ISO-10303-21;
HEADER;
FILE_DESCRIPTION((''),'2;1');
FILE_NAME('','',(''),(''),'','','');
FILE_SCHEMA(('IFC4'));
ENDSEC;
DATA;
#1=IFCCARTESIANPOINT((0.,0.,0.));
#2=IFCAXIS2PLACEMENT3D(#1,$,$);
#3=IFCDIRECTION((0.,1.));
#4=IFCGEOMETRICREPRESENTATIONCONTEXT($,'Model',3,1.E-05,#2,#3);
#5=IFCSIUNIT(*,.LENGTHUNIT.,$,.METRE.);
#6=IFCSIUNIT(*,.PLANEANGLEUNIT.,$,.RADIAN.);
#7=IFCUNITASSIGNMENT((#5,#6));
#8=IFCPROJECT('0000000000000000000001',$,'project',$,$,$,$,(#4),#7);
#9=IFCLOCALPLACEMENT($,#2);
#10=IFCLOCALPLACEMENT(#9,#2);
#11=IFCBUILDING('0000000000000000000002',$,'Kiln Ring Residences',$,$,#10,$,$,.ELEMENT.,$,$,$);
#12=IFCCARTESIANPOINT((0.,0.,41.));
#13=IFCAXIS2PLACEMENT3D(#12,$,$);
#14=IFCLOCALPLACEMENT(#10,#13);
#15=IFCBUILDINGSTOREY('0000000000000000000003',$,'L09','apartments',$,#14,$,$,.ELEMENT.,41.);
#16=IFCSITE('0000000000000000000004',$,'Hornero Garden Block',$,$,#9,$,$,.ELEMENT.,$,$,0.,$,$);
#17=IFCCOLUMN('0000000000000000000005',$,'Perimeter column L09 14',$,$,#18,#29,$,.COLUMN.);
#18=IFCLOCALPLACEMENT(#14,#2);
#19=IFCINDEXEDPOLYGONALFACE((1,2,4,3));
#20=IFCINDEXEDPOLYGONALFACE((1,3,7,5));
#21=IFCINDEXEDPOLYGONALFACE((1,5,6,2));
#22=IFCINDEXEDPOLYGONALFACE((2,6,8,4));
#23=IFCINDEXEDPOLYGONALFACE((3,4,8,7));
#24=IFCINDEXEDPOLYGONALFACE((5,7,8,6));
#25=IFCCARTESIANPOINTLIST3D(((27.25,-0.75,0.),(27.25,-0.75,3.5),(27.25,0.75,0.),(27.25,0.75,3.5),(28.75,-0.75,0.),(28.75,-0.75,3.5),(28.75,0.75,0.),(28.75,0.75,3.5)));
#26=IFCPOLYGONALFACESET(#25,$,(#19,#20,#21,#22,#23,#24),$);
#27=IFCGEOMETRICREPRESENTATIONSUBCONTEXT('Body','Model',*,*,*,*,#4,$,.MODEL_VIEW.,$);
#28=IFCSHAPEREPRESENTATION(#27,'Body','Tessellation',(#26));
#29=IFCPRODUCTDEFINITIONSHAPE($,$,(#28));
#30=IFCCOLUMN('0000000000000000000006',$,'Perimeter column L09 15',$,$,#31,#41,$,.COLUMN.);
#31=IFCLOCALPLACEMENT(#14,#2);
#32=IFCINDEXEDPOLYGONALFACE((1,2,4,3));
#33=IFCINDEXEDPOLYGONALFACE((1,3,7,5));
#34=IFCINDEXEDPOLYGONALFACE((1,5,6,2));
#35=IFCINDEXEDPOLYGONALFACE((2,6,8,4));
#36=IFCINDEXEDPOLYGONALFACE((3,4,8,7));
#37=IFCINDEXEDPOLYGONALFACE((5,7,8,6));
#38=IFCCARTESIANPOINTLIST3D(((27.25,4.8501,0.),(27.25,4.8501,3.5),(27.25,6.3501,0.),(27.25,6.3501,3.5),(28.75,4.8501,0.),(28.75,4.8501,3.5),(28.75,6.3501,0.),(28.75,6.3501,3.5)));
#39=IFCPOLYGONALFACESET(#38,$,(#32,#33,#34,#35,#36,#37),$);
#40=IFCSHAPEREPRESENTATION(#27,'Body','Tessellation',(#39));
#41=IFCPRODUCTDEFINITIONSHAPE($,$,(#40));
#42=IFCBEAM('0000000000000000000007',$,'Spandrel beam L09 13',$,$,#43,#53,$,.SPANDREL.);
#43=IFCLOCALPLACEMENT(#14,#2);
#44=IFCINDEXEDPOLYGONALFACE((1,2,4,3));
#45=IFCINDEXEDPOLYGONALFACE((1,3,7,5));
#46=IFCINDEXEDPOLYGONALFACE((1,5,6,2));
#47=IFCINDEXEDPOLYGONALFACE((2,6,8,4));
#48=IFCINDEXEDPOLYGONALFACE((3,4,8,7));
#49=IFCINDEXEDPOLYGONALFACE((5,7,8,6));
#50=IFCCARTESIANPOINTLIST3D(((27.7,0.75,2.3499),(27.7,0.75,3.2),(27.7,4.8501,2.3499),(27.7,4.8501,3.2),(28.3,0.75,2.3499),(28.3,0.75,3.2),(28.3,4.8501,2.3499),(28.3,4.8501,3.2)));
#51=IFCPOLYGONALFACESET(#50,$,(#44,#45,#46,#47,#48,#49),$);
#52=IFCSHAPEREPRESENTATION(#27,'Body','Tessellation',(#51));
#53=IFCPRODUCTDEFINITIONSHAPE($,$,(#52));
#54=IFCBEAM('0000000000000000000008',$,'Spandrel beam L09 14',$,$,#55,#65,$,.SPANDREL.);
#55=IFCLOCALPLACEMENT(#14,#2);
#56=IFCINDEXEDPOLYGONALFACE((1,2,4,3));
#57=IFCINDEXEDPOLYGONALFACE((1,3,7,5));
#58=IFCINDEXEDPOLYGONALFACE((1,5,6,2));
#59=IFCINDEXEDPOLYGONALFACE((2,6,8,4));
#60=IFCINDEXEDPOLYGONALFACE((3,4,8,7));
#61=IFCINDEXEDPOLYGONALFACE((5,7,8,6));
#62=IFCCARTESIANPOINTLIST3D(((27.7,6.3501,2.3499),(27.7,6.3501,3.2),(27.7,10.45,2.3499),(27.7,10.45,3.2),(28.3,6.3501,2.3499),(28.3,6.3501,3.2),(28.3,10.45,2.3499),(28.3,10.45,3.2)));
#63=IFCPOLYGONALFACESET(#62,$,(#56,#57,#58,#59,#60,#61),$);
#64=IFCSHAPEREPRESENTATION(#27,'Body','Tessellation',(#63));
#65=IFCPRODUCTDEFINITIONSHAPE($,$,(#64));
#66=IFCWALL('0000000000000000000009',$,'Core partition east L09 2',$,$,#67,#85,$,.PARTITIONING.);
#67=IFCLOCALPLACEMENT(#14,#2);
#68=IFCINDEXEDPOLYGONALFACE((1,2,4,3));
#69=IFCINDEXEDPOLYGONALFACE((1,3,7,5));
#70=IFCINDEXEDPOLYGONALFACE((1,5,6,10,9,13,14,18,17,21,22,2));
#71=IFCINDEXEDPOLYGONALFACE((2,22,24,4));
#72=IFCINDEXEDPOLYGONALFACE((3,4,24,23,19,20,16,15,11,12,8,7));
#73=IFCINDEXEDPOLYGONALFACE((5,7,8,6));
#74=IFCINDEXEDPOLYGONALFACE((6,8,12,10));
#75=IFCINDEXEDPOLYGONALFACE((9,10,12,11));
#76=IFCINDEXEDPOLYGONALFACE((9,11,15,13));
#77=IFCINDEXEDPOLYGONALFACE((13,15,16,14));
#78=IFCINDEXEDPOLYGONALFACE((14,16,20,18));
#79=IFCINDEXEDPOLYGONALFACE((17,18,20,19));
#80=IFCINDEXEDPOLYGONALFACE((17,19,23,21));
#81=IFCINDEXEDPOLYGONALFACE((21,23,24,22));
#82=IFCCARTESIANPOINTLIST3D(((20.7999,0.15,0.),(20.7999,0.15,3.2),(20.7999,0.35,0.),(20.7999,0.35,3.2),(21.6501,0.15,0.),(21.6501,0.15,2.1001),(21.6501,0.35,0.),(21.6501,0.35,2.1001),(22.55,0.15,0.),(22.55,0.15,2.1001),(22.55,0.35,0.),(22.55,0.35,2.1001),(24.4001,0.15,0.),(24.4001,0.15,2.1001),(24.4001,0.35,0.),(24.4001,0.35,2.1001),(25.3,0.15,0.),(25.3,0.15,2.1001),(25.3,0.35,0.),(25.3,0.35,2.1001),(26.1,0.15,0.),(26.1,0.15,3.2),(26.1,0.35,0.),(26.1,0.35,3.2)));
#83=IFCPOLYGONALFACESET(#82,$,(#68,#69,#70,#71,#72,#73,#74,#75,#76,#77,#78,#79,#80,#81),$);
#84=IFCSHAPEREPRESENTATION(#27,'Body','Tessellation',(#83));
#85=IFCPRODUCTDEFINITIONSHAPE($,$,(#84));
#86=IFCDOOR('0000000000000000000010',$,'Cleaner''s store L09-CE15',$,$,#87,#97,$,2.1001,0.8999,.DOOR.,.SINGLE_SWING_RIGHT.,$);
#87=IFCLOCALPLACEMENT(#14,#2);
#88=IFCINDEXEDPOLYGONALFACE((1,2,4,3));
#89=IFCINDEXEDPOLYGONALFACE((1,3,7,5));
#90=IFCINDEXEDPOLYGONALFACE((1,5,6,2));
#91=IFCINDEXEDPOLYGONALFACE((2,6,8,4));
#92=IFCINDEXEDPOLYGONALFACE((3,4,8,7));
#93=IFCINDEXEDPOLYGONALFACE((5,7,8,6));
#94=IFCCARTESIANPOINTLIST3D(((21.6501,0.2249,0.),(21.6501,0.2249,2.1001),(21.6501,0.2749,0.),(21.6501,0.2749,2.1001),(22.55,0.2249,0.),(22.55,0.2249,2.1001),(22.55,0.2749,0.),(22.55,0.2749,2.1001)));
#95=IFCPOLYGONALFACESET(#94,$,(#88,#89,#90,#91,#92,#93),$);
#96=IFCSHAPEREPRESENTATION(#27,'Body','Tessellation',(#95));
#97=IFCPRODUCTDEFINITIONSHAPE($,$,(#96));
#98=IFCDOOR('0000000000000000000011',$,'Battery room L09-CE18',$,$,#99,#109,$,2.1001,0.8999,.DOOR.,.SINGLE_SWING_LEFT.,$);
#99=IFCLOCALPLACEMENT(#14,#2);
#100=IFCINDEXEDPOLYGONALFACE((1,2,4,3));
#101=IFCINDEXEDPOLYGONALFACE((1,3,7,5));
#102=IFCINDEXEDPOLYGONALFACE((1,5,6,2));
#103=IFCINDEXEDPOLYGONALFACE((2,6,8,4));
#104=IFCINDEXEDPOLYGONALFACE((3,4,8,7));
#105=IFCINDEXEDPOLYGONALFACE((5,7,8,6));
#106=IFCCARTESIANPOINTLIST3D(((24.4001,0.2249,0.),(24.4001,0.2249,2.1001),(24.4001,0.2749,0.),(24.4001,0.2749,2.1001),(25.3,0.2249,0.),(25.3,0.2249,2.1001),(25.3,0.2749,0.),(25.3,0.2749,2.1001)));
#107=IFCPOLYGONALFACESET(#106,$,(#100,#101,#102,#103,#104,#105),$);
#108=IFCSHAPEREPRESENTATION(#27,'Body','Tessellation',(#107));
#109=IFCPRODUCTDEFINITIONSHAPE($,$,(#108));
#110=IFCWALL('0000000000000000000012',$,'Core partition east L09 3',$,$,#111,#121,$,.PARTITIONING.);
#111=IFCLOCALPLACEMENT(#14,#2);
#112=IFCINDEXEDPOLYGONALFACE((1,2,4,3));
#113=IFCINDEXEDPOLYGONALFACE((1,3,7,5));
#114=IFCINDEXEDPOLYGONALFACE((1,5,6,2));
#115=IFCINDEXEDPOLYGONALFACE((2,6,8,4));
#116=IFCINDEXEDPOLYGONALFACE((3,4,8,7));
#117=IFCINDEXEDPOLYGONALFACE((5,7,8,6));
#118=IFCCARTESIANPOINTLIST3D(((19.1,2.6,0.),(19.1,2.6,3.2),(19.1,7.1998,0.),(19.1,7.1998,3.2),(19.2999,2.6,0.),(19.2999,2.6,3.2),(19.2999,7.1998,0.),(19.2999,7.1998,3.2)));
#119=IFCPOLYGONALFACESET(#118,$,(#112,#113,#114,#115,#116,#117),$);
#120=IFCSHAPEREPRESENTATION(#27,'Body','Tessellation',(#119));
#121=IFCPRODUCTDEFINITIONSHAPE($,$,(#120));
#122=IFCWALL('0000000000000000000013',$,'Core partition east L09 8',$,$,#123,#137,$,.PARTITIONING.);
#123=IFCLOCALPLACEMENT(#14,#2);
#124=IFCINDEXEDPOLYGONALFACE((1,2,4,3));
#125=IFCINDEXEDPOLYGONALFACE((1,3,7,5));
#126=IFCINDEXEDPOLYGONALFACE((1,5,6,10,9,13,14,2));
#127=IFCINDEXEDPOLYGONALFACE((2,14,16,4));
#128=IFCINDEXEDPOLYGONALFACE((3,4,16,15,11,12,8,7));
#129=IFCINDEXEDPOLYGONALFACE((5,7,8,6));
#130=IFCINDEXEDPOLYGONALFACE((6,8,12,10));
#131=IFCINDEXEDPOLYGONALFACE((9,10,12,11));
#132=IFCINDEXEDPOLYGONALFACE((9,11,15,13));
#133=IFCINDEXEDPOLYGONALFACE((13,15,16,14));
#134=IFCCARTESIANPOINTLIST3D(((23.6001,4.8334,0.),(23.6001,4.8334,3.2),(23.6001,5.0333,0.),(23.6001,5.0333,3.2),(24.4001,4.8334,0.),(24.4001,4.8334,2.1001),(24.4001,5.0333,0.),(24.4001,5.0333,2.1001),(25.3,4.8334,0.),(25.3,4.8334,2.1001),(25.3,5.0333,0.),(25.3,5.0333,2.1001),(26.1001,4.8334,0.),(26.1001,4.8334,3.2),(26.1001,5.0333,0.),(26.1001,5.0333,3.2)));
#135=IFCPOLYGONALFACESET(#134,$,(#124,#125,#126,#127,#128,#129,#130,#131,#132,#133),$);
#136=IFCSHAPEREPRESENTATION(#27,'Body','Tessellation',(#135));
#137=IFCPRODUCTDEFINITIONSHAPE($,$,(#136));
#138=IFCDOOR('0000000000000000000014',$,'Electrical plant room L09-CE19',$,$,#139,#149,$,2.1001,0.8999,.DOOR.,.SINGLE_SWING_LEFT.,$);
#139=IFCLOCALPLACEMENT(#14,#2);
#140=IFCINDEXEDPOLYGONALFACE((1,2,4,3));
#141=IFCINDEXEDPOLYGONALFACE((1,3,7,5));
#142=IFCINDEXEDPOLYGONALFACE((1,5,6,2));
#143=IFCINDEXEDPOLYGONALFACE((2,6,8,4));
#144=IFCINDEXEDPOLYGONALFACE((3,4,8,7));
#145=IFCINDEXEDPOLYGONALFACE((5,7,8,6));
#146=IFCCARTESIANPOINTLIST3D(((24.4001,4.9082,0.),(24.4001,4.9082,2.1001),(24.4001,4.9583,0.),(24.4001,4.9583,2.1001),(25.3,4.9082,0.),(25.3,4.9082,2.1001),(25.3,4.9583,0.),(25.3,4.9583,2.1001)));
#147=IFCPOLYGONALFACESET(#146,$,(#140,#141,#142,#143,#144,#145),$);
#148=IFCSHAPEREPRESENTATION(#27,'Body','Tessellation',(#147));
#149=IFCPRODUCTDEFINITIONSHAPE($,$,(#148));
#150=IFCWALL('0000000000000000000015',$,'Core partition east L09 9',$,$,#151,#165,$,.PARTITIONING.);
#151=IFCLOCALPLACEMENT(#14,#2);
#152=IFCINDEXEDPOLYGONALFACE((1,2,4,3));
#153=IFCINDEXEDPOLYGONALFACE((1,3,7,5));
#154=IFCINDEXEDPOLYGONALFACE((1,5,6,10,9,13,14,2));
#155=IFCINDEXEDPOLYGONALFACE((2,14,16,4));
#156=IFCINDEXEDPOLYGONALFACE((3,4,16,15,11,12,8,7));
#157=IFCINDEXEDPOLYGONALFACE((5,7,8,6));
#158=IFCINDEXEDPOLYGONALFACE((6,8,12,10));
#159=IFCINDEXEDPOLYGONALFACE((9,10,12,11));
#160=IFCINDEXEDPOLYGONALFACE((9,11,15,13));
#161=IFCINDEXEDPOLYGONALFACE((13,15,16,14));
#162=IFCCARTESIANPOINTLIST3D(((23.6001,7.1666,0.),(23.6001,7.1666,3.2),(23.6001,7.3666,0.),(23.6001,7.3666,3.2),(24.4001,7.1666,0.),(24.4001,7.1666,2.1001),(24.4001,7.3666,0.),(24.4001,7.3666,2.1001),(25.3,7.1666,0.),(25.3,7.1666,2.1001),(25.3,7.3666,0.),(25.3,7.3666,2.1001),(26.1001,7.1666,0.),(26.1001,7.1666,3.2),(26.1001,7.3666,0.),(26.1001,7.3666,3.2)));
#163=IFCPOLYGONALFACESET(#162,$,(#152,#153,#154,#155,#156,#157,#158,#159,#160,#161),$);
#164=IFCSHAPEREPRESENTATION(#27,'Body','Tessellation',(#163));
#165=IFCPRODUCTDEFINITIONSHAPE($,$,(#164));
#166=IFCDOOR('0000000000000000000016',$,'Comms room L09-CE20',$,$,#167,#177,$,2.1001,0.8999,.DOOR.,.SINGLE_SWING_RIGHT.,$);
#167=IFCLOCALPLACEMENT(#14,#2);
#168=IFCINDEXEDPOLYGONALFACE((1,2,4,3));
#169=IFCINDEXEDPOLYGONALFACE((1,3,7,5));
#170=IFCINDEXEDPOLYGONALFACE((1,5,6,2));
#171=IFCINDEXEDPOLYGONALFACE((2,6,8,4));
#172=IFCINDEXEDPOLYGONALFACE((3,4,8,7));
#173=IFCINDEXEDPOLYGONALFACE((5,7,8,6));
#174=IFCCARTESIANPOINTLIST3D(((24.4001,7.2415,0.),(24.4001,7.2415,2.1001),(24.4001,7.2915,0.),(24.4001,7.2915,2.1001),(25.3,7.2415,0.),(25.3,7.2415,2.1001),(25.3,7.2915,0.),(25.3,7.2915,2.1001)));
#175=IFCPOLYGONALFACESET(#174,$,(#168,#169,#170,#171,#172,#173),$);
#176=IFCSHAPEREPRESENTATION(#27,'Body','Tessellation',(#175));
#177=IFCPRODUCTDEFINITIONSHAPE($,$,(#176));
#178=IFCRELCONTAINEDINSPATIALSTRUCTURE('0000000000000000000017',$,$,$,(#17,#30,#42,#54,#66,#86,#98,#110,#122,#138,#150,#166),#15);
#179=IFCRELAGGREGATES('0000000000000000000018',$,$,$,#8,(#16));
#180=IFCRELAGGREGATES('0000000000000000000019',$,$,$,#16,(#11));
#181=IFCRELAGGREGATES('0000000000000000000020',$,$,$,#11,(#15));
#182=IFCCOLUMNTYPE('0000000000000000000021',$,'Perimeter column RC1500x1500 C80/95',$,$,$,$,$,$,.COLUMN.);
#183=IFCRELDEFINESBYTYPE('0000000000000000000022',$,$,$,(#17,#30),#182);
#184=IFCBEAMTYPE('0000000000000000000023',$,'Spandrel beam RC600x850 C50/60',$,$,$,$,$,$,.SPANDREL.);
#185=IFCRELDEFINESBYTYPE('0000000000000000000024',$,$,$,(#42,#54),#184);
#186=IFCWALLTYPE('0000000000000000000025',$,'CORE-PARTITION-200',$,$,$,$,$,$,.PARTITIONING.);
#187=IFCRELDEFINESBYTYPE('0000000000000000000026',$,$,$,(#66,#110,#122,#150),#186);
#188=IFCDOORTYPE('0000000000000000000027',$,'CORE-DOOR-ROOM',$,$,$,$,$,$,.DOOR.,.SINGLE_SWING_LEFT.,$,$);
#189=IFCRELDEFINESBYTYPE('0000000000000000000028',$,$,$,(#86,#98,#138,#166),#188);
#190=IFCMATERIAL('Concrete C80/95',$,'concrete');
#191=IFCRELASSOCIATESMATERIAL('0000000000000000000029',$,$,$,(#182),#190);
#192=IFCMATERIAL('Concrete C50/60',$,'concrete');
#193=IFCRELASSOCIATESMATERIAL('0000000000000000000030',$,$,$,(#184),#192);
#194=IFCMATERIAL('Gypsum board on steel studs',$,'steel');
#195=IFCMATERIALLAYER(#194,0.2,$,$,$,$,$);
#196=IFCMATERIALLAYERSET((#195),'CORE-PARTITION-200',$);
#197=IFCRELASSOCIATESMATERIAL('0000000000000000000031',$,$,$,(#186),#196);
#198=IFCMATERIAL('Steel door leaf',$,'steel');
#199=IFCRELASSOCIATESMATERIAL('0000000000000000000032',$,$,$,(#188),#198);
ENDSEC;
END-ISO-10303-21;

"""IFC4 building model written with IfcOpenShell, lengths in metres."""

from ifc_helpers import new_model, si_unit, direction, frame, frame_2d, origin, origin_2d, place, context, subcontext, project, spatial, rectangle, extrude, material, layer, layer_set, material_profile, profile_set, type_object, element, fill, save


model = new_model("IFC4")

# Units and contexts
model_context = context("Model", 3, precision=1e-05, world=origin(), true_north=direction((0.0, 1.0)))
body_context = subcontext(model_context, "Body", "Model", "MODEL_VIEW")
ifc_project = project(units=[si_unit("LENGTHUNIT", "METRE"), si_unit("PLANEANGLEUNIT", "RADIAN")], contexts=[model_context])

# Site, building, storey
site_placement = place(None, origin())
site = spatial("IfcSite", under=ifc_project, at=site_placement, Name="Hornero Garden Block", CompositionType="ELEMENT", RefElevation=0.0)
building_placement = place(site_placement, origin())
building = spatial("IfcBuilding", under=site, at=building_placement, Name="Kiln Ring Residences", CompositionType="ELEMENT")
storey_placement = place(building_placement, frame((0.0, 0.0, 41.0)))
storey = spatial("IfcBuildingStorey", under=building, at=storey_placement, Name="L09", Description="apartments", CompositionType="ELEMENT", Elevation=41.0)

# Columns
ifc_material_1 = material(Name="Concrete C80/95", Category="concrete")
ifc_material_profile_1 = material_profile(ifc_material_1, rectangle(XDim=1.5, YDim=1.5, at=origin_2d()), Name="RC1500x1500")
ifc_profile_set_1 = profile_set([ifc_material_profile_1], Name="Concrete C80/95")
column_type = type_object("IfcColumnType", Name="Perimeter column RC1500x1500 C80/95", PredefinedType="COLUMN", material=ifc_profile_set_1)
for number, where, z_axis, x_axis, name in (
    (1, (28.0, 0.0, 0.0), (0.0, 0.0, 1.0), (1.0, 0.0, 0.0), "Perimeter column L09 14"),
    (2, (28.0, 5.6001, 0.0), (0.0, 0.0, 1.0), (1.0, 0.0, 0.0), "Perimeter column L09 15"),
):
    element("IfcColumn", number, at=place(storey_placement, frame(where, z_axis=z_axis, x_axis=x_axis)), inside=storey, type_object=column_type, Name=name, PredefinedType="COLUMN", context=body_context, shape_type="SweptSolid", body=[
        extrude(rectangle(XDim=1.5, YDim=1.5, at=origin_2d()), origin(), (0.0, 0.0, 1.0), 3.5),
    ])

# Beams
ifc_material_2 = material(Name="Concrete C50/60", Category="concrete")
ifc_material_profile_2 = material_profile(ifc_material_2, rectangle(XDim=0.6001, YDim=0.8501, at=origin_2d()), Name="RC600x850")
ifc_profile_set_2 = profile_set([ifc_material_profile_2], Name="Concrete C50/60")
beam_type = type_object("IfcBeamType", Name="Spandrel beam RC600x850 C50/60", PredefinedType="SPANDREL", material=ifc_profile_set_2)
beam_1_placement = place(storey_placement, frame((28.0, 0.75, 2.7749), z_axis=(0.0, 1.0, 0.0), x_axis=(-1.0, 0.0, 0.0)))
element("IfcBeam", 3, at=beam_1_placement, inside=storey, type_object=beam_type, Name="Spandrel beam L09 13", PredefinedType="SPANDREL", context=body_context, shape_type="SweptSolid", body=[
    extrude(rectangle(XDim=0.6001, YDim=0.8501, at=origin_2d()), origin(), (0.0, 0.0, 1.0), 4.1001),
])
beam_2_placement = place(storey_placement, frame((28.0, 6.3501, 2.7749), z_axis=(0.0, 1.0, 0.0), x_axis=(-1.0, 0.0, 0.0)))
element("IfcBeam", 4, at=beam_2_placement, inside=storey, type_object=beam_type, Name="Spandrel beam L09 14", PredefinedType="SPANDREL", context=body_context, shape_type="SweptSolid", body=[
    extrude(rectangle(XDim=0.6001, YDim=0.8501, at=origin_2d()), origin(), (0.0, 0.0, 1.0), 4.0999),
])

# Wall, openings, doors
ifc_material_3 = material(Name="Gypsum board on steel studs", Category="steel")
ifc_layer_1 = layer(ifc_material_3, 0.2)
ifc_layer_set_1 = layer_set([ifc_layer_1], Name="CORE-PARTITION-200")
wall_type_1 = type_object("IfcWallType", Name="CORE-PARTITION-200", PredefinedType="PARTITIONING", material=ifc_layer_set_1)
wall_1_placement = place(storey_placement, frame((20.8, 0.25, 0.0), z_axis=(0.0, 0.0, 1.0), x_axis=(1.0, 0.0, 0.0)))
wall_1 = element("IfcWall", 5, at=wall_1_placement, inside=storey, type_object=wall_type_1, Name="Core partition east L09 2", PredefinedType="PARTITIONING", context=body_context, shape_type="SweptSolid", body=[
    extrude(rectangle(XDim=5.3, YDim=0.2, at=frame_2d((2.6499, 0.0))), origin(), (0.0, 0.0, 1.0), 3.2),
])
opening_1_placement = place(wall_1_placement, frame((0.8501, 0.0, 0.0)))
opening_1 = element("IfcOpeningElement", 6, at=opening_1_placement, cuts=wall_1, PredefinedType="OPENING", context=body_context, shape_type="SweptSolid", body=[
    extrude(rectangle(XDim=0.8999, YDim=2.1001, at=frame_2d((0.45, 1.05))), frame((0.0, 0.1099, 0.0), z_axis=(0.0, -1.0, 0.0), x_axis=(1.0, 0.0, 0.0)), (0.0, 0.0, 1.0), 0.22),
])
opening_2_placement = place(wall_1_placement, frame((3.6001, 0.0, 0.0)))
opening_2 = element("IfcOpeningElement", 7, at=opening_2_placement, cuts=wall_1, PredefinedType="OPENING", context=body_context, shape_type="SweptSolid", body=[
    extrude(rectangle(XDim=0.8999, YDim=2.1001, at=frame_2d((0.45, 1.05))), frame((0.0, 0.1099, 0.0), z_axis=(0.0, -1.0, 0.0), x_axis=(1.0, 0.0, 0.0)), (0.0, 0.0, 1.0), 0.22),
])
ifc_material_4 = material(Name="Steel door leaf", Category="steel")
door_type = type_object("IfcDoorType", Name="CORE-DOOR-ROOM", OperationType="SINGLE_SWING_LEFT", PredefinedType="DOOR", material=ifc_material_4)
door_1_placement = place(opening_1_placement, origin())
door_1 = element("IfcDoor", 8, at=door_1_placement, inside=storey, type_object=door_type, Name="Cleaner's store L09-CE15", OperationType="SINGLE_SWING_RIGHT", OverallHeight=2.1001, OverallWidth=0.8999, PredefinedType="DOOR", context=body_context, shape_type="SweptSolid", body=[
    extrude(rectangle(XDim=0.8999, YDim=2.1001, at=frame_2d((0.45, 1.05))), frame((0.0, 0.0249, 0.0), z_axis=(0.0, -1.0, 0.0), x_axis=(1.0, 0.0, 0.0)), (0.0, 0.0, 1.0), 0.05),
])
fill(opening_1, door_1)
door_2_placement = place(opening_2_placement, origin())
door_2 = element("IfcDoor", 9, at=door_2_placement, inside=storey, type_object=door_type, Name="Battery room L09-CE18", OperationType="SINGLE_SWING_LEFT", OverallHeight=2.1001, OverallWidth=0.8999, PredefinedType="DOOR", context=body_context, shape_type="SweptSolid", body=[
    extrude(rectangle(XDim=0.8999, YDim=2.1001, at=frame_2d((0.45, 1.05))), frame((0.0, 0.0249, 0.0), z_axis=(0.0, -1.0, 0.0), x_axis=(1.0, 0.0, 0.0)), (0.0, 0.0, 1.0), 0.05),
])
fill(opening_2, door_2)

# Wall
wall_2_placement = place(storey_placement, frame((19.2, 2.6001, 0.0), z_axis=(0.0, 0.0, 1.0), x_axis=(0.0, 1.0, 0.0)))
element("IfcWall", 10, at=wall_2_placement, inside=storey, type_object=wall_type_1, Name="Core partition east L09 3", PredefinedType="PARTITIONING", context=body_context, shape_type="SweptSolid", body=[
    extrude(rectangle(XDim=4.5999, YDim=0.2, at=frame_2d((2.2998, 0.0))), origin(), (0.0, 0.0, 1.0), 3.2),
])

# Walls, openings, doors
wall_3_placement = place(storey_placement, frame((23.6001, 4.9333, 0.0), z_axis=(0.0, 0.0, 1.0), x_axis=(1.0, 0.0, 0.0)))
wall_3 = element("IfcWall", 11, at=wall_3_placement, inside=storey, type_object=wall_type_1, Name="Core partition east L09 8", PredefinedType="PARTITIONING", context=body_context, shape_type="SweptSolid", body=[
    extrude(rectangle(XDim=2.5, YDim=0.2, at=frame_2d((1.25, 0.0))), origin(), (0.0, 0.0, 1.0), 3.2),
])
opening_3_placement = place(wall_3_placement, frame((0.8, 0.0, 0.0)))
opening_3 = element("IfcOpeningElement", 12, at=opening_3_placement, cuts=wall_3, PredefinedType="OPENING", context=body_context, shape_type="SweptSolid", body=[
    extrude(rectangle(XDim=0.8999, YDim=2.1001, at=frame_2d((0.45, 1.05))), frame((0.0, 0.1099, 0.0), z_axis=(0.0, -1.0, 0.0), x_axis=(1.0, 0.0, 0.0)), (0.0, 0.0, 1.0), 0.22),
])
door_3_placement = place(opening_3_placement, origin())
door_3 = element("IfcDoor", 13, at=door_3_placement, inside=storey, type_object=door_type, Name="Electrical plant room L09-CE19", OperationType="SINGLE_SWING_LEFT", OverallHeight=2.1001, OverallWidth=0.8999, PredefinedType="DOOR", context=body_context, shape_type="SweptSolid", body=[
    extrude(rectangle(XDim=0.8999, YDim=2.1001, at=frame_2d((0.45, 1.05))), frame((0.0, 0.0249, 0.0), z_axis=(0.0, -1.0, 0.0), x_axis=(1.0, 0.0, 0.0)), (0.0, 0.0, 1.0), 0.05),
])
fill(opening_3, door_3)
wall_4_placement = place(storey_placement, frame((23.6001, 7.2666, 0.0), z_axis=(0.0, 0.0, 1.0), x_axis=(1.0, 0.0, 0.0)))
wall_4 = element("IfcWall", 14, at=wall_4_placement, inside=storey, type_object=wall_type_1, Name="Core partition east L09 9", PredefinedType="PARTITIONING", context=body_context, shape_type="SweptSolid", body=[
    extrude(rectangle(XDim=2.5, YDim=0.2, at=frame_2d((1.25, 0.0))), origin(), (0.0, 0.0, 1.0), 3.2),
])
opening_4_placement = place(wall_4_placement, frame((0.8, 0.0, 0.0)))
opening_4 = element("IfcOpeningElement", 15, at=opening_4_placement, cuts=wall_4, PredefinedType="OPENING", context=body_context, shape_type="SweptSolid", body=[
    extrude(rectangle(XDim=0.8999, YDim=2.1001, at=frame_2d((0.45, 1.05))), frame((0.0, 0.1099, 0.0), z_axis=(0.0, -1.0, 0.0), x_axis=(1.0, 0.0, 0.0)), (0.0, 0.0, 1.0), 0.22),
])
door_4_placement = place(opening_4_placement, origin())
door_4 = element("IfcDoor", 16, at=door_4_placement, inside=storey, type_object=door_type, Name="Comms room L09-CE20", OperationType="SINGLE_SWING_RIGHT", OverallHeight=2.1001, OverallWidth=0.8999, PredefinedType="DOOR", context=body_context, shape_type="SweptSolid", body=[
    extrude(rectangle(XDim=0.8999, YDim=2.1001, at=frame_2d((0.45, 1.05))), frame((0.0, 0.0249, 0.0), z_axis=(0.0, -1.0, 0.0), x_axis=(1.0, 0.0, 0.0)), (0.0, 0.0, 1.0), 0.05),
])
fill(opening_4, door_4)

save(model, "model.ifc")
